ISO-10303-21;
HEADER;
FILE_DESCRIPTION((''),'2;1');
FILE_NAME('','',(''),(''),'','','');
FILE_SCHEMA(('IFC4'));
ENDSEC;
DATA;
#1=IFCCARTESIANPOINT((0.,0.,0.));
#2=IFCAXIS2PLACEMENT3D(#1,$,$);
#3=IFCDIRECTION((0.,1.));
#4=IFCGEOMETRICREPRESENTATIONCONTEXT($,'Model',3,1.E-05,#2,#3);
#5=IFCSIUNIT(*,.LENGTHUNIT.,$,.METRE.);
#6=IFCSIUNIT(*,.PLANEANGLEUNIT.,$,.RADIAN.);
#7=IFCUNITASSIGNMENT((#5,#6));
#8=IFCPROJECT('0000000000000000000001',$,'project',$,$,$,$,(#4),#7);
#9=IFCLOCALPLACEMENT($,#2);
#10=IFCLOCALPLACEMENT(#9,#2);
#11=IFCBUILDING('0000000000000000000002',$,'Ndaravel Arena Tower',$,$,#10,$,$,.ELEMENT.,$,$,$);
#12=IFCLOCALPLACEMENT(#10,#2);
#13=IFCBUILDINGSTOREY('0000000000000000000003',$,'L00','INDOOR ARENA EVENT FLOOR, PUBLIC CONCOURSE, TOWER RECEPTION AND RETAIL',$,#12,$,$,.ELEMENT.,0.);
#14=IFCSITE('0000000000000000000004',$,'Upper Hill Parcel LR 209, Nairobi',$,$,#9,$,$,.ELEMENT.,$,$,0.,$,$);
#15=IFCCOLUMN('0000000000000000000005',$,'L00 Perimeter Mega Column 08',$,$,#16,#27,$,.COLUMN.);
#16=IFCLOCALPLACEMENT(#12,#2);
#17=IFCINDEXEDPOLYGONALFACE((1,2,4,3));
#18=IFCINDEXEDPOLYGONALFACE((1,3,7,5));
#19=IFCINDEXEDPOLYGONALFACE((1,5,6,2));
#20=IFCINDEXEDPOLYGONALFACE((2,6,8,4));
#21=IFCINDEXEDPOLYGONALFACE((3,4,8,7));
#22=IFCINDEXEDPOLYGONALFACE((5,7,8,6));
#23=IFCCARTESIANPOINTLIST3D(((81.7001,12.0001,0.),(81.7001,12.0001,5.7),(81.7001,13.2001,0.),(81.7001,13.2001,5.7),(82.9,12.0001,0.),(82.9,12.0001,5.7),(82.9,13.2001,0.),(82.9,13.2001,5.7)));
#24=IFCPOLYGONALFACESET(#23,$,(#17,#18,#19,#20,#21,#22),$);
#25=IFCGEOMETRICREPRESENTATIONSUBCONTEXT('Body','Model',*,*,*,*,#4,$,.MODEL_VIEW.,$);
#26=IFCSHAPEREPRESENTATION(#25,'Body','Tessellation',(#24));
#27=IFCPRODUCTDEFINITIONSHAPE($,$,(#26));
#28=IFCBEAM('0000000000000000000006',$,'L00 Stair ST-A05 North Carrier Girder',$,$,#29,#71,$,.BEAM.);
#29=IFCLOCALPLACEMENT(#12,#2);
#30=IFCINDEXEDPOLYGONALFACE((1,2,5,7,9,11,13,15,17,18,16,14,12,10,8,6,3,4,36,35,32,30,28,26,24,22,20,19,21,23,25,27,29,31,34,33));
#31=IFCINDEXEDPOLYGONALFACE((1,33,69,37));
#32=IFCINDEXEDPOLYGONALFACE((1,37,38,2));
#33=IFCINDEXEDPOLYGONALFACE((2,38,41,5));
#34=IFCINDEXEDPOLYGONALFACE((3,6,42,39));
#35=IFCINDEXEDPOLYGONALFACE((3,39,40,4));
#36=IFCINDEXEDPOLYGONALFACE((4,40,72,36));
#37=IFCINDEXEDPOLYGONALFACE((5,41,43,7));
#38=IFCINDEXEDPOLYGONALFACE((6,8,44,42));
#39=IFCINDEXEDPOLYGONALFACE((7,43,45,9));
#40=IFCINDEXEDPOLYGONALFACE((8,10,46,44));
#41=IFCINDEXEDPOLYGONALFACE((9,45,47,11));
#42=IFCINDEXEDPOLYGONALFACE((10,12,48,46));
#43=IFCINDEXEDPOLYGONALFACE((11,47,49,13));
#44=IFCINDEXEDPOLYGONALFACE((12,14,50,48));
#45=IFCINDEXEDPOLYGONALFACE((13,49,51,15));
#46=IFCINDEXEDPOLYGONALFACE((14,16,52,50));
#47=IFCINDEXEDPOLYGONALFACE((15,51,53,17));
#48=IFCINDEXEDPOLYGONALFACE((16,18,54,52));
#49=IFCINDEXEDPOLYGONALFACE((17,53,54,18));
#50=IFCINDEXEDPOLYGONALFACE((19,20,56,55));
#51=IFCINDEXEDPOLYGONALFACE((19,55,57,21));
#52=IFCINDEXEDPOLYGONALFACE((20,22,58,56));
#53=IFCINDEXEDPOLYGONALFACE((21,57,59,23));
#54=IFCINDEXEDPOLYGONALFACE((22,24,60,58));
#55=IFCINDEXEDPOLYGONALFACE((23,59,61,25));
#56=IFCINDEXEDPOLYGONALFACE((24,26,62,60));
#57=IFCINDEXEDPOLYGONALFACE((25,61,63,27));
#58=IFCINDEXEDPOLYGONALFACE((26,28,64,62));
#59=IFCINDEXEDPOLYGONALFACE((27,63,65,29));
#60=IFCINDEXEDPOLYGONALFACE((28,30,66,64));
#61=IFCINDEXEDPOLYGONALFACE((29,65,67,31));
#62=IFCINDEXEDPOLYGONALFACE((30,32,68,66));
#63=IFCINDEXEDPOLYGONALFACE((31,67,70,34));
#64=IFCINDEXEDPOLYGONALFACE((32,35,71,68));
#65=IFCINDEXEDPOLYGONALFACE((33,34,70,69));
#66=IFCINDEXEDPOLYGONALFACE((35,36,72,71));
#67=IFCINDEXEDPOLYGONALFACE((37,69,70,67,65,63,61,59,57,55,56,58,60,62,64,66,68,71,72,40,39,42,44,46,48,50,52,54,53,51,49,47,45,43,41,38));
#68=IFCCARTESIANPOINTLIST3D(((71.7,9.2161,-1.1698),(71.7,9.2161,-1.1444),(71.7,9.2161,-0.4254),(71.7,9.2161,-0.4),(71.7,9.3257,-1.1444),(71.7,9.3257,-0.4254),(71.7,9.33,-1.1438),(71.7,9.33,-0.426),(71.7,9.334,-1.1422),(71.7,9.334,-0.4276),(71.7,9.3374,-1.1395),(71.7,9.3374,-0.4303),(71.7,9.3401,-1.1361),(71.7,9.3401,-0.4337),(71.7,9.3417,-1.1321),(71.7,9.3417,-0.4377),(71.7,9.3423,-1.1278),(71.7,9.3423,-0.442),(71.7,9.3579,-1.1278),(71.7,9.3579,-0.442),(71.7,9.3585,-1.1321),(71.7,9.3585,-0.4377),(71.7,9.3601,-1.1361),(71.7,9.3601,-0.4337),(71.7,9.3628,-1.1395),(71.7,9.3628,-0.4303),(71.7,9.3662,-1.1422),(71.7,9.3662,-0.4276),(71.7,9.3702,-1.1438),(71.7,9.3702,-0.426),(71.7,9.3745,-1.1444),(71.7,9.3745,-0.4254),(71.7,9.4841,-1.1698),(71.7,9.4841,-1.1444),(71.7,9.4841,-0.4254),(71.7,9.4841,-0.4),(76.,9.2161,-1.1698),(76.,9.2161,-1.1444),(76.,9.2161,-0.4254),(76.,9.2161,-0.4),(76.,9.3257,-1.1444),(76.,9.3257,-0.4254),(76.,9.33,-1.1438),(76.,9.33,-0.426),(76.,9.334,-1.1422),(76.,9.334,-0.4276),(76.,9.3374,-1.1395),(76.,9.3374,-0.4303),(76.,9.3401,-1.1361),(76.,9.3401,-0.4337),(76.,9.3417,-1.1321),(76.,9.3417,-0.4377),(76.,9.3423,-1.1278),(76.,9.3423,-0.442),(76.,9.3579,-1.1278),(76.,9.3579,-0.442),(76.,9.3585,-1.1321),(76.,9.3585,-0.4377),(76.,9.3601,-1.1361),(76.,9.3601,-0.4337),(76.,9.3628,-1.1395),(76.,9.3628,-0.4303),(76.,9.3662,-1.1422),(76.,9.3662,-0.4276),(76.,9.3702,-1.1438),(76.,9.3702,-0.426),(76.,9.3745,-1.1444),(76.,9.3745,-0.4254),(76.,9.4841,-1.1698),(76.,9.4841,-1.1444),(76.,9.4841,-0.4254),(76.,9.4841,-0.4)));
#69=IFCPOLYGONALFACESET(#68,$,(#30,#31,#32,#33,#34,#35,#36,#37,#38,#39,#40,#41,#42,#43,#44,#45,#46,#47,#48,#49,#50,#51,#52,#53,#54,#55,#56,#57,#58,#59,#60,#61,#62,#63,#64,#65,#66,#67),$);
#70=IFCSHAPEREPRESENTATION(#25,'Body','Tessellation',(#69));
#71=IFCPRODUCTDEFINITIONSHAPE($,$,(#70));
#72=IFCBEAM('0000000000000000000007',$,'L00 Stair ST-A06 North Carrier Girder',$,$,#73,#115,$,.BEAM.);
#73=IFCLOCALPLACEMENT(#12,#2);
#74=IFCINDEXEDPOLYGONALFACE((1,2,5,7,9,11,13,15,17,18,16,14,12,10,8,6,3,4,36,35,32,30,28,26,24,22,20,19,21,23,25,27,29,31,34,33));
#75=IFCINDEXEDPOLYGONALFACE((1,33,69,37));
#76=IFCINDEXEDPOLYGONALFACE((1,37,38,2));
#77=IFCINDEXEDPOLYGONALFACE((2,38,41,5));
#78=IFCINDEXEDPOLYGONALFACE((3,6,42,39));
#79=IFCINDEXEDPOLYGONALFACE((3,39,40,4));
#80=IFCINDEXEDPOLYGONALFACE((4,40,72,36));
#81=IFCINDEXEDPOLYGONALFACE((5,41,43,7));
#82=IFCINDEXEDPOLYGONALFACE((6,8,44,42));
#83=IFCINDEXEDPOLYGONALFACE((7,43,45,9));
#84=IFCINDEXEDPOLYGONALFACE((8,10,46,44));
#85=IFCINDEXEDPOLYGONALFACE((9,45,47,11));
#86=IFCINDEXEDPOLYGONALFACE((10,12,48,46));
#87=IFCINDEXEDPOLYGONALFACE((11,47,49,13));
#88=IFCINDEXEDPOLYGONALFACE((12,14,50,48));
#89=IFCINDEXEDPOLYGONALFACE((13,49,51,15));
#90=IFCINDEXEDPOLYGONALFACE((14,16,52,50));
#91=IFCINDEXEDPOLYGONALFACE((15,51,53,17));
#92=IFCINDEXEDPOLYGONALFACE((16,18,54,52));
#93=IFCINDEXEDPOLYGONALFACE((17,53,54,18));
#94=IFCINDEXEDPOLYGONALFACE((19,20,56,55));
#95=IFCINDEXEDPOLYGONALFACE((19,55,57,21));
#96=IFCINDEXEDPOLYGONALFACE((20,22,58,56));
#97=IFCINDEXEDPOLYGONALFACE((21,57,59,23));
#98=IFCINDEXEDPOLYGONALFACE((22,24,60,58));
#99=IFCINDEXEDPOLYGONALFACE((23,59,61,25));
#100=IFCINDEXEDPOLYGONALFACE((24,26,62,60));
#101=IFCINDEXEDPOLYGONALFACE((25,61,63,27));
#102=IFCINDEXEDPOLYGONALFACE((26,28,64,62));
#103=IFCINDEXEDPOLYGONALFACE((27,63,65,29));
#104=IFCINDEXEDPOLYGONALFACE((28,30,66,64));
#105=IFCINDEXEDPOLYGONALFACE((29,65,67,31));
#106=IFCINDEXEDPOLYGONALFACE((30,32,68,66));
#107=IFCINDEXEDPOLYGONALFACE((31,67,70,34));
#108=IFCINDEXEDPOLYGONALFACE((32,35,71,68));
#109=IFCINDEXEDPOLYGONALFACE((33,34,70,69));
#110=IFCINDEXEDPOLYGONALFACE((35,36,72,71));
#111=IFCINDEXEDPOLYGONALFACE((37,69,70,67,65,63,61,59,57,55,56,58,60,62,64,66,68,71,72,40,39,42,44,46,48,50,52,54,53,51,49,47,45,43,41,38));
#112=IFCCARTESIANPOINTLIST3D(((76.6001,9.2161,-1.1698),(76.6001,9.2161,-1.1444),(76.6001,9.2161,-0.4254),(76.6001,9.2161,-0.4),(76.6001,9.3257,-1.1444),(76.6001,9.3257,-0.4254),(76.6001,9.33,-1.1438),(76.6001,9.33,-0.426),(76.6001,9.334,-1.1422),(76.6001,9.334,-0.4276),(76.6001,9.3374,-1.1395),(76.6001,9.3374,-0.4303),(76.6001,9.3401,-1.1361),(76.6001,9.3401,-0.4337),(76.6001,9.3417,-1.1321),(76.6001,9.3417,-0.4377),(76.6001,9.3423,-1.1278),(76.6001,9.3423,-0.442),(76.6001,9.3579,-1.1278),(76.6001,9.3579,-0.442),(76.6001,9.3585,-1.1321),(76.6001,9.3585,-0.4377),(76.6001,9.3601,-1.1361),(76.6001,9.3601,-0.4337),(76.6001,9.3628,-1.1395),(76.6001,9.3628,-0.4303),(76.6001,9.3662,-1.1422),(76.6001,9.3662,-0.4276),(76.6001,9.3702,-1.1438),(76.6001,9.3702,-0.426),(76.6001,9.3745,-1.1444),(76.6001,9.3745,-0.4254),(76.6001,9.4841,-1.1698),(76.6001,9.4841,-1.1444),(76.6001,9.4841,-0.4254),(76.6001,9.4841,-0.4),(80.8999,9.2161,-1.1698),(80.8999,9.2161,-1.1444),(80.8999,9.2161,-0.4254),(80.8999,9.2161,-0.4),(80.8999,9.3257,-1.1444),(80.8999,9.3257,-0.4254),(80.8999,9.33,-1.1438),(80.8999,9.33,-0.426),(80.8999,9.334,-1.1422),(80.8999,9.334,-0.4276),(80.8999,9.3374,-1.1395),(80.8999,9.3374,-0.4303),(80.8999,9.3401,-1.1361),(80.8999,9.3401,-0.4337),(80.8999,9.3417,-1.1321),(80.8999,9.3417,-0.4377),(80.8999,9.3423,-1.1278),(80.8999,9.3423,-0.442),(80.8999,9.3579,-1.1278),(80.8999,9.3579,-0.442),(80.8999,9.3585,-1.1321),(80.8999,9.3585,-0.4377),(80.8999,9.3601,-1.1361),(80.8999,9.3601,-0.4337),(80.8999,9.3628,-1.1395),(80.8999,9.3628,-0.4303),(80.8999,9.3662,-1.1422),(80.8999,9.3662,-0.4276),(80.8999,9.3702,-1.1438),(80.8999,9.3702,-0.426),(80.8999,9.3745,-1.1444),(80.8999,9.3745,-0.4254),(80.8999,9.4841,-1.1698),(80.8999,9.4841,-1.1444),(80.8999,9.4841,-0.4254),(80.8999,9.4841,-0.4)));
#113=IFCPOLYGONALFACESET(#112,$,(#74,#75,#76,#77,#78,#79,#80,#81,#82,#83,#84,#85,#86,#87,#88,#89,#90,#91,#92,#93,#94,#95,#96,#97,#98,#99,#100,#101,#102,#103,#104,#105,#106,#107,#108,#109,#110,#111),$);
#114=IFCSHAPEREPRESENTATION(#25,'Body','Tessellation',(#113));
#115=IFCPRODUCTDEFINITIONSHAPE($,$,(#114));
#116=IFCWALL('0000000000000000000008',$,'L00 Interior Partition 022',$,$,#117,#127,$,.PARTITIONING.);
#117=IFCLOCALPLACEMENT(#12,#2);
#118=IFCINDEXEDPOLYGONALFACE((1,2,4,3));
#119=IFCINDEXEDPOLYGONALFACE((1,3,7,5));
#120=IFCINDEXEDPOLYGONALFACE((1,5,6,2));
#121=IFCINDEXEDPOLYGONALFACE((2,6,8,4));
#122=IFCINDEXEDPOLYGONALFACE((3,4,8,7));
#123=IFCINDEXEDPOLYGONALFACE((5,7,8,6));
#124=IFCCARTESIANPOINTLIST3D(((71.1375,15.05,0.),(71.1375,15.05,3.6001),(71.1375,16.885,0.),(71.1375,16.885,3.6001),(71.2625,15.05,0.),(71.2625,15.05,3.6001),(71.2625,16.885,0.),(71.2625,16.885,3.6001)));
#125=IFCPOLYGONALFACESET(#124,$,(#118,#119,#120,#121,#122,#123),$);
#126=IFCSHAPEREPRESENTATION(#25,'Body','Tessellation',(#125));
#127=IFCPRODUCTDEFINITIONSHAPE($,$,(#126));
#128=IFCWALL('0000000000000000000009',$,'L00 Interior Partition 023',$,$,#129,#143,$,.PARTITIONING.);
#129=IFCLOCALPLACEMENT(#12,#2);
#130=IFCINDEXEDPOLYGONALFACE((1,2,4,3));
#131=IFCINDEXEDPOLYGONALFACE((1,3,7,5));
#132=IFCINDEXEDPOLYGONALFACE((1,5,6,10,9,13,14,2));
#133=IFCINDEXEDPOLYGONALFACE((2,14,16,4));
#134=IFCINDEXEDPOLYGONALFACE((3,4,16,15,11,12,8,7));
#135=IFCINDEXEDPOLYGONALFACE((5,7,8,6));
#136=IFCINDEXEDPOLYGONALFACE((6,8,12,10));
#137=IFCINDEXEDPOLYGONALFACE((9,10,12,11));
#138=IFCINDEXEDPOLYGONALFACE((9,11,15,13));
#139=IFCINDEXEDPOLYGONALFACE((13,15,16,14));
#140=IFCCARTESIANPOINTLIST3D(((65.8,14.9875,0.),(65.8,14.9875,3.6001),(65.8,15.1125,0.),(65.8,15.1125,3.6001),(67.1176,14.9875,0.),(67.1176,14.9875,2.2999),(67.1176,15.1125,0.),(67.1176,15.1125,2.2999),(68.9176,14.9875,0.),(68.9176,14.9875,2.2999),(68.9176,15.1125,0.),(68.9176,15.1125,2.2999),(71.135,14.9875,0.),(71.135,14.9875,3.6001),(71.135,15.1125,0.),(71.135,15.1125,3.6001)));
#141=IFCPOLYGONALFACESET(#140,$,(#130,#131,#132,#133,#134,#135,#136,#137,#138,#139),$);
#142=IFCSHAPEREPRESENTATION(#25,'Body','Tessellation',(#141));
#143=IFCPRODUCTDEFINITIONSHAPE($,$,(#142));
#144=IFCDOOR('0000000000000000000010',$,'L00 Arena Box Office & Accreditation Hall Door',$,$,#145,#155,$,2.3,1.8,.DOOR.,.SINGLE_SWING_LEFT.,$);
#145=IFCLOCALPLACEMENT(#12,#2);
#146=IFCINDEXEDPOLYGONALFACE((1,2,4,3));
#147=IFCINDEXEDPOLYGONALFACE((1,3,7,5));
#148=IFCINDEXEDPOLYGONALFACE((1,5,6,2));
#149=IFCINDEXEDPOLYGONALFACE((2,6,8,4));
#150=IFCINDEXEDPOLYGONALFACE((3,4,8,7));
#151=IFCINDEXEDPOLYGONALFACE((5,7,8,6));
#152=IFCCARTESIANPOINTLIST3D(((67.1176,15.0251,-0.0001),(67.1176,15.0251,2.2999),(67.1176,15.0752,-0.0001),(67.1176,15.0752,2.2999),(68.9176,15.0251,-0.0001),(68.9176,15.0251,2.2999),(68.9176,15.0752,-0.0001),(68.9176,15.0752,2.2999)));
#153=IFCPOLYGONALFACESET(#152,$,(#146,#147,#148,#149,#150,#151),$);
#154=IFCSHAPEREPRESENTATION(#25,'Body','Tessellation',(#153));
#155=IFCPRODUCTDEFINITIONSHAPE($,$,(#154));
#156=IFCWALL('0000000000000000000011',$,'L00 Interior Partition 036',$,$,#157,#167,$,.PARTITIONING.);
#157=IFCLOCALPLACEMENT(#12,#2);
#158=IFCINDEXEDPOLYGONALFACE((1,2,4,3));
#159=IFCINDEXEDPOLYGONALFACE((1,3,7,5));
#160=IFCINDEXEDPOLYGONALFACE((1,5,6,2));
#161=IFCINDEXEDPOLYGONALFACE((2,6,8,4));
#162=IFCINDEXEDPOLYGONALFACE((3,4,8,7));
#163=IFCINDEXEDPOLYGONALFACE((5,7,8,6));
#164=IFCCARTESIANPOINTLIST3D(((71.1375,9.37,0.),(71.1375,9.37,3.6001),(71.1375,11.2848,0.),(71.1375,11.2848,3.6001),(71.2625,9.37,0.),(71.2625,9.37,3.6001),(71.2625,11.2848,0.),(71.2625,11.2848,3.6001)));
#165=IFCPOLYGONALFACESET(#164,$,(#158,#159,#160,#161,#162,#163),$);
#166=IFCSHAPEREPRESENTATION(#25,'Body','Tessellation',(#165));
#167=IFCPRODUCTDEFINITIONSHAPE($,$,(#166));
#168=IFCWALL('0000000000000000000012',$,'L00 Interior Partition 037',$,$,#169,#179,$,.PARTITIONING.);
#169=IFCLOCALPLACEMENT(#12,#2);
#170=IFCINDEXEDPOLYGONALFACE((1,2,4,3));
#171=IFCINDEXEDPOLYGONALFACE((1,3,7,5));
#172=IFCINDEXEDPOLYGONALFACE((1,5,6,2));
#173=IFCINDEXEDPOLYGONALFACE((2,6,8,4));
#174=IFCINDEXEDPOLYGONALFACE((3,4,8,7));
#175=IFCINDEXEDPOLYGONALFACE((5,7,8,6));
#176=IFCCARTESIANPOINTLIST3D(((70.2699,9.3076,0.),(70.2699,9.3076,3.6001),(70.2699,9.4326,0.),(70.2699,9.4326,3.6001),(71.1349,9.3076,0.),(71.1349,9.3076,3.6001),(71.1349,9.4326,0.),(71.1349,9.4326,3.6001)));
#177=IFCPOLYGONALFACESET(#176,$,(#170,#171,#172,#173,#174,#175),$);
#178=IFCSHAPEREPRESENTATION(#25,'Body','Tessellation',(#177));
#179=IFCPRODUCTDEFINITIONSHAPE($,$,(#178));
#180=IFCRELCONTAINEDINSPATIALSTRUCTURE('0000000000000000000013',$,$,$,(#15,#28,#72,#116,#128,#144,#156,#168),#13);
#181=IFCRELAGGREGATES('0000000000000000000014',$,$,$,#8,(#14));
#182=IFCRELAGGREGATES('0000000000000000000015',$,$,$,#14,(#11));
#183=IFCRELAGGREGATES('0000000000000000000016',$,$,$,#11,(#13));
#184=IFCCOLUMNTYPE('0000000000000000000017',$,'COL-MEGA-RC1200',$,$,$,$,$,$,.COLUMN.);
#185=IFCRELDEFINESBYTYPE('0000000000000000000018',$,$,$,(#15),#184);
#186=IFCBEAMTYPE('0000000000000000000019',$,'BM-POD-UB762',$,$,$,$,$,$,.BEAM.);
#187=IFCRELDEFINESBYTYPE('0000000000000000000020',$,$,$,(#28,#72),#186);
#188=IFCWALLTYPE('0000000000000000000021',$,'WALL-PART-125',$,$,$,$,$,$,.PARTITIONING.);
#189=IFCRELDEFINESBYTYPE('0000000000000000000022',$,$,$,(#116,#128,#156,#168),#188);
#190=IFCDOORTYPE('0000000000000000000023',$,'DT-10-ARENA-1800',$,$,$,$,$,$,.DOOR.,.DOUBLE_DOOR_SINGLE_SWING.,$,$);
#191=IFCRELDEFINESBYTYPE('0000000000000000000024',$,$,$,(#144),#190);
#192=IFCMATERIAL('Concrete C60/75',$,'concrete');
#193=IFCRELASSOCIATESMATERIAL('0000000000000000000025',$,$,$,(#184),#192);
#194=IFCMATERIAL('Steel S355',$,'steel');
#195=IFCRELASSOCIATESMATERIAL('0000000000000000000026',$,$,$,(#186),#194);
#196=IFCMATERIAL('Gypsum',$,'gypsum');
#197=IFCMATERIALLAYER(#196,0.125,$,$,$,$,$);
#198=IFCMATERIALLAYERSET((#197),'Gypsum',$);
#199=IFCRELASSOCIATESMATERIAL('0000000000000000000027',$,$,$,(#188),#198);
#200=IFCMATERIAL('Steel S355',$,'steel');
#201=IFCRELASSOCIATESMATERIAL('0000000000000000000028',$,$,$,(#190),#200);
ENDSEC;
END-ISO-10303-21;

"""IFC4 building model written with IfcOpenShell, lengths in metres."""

from ifc_helpers import new_model, si_unit, direction, frame, frame_2d, origin, origin_2d, place, context, subcontext, project, spatial, rectangle, i_section, extrude, material, layer, layer_set, material_profile, profile_set, type_object, element, fill, save


model = new_model("IFC4")

# Units and contexts
model_context = context("Model", 3, precision=1e-05, world=origin(), true_north=direction((0.0, 1.0)))
body_context = subcontext(model_context, "Body", "Model", "MODEL_VIEW")
ifc_project = project(units=[si_unit("LENGTHUNIT", "METRE"), si_unit("PLANEANGLEUNIT", "RADIAN")], contexts=[model_context])

# Site, building, storey
site_placement = place(None, origin())
site = spatial("IfcSite", under=ifc_project, at=site_placement, Name="Upper Hill Parcel LR 209, Nairobi", CompositionType="ELEMENT", RefElevation=0.0)
building_placement = place(site_placement, origin())
building = spatial("IfcBuilding", under=site, at=building_placement, Name="Ndaravel Arena Tower", CompositionType="ELEMENT")
storey_placement = place(building_placement, origin())
storey = spatial("IfcBuildingStorey", under=building, at=storey_placement, Name="L00", Description="INDOOR ARENA EVENT FLOOR, PUBLIC CONCOURSE, TOWER RECEPTION AND RETAIL", CompositionType="ELEMENT", Elevation=0.0)

# Column
ifc_material_1 = material(Name="Concrete C60/75", Category="concrete")
ifc_material_profile_1 = material_profile(ifc_material_1, rectangle(XDim=1.2, YDim=1.2, at=origin_2d()), Name="RC 1200x1200")
ifc_profile_set_1 = profile_set([ifc_material_profile_1], Name="Concrete C60/75")
column_type = type_object("IfcColumnType", Name="COL-MEGA-RC1200", PredefinedType="COLUMN", material=ifc_profile_set_1)
column_placement = place(storey_placement, frame((82.3, 12.6001, 0.0), z_axis=(0.0, 0.0, 1.0), x_axis=(1.0, 0.0, 0.0)))
element("IfcColumn", 1, at=column_placement, inside=storey, type_object=column_type, Name="L00 Perimeter Mega Column 08", PredefinedType="COLUMN", context=body_context, shape_type="SweptSolid", body=[
    extrude(rectangle(XDim=1.2, YDim=1.2, at=origin_2d()), origin(), (0.0, 0.0, 1.0), 5.7),
])

# Beams
ifc_material_2 = material(Name="Steel S355", Category="steel")
ifc_material_profile_2 = material_profile(ifc_material_2, i_section(OverallWidth=0.2681, OverallDepth=0.7698, WebThickness=0.0156, FlangeThickness=0.0254, FilletRadius=0.0166, at=origin_2d()), Name="UB 762x267x197")
ifc_profile_set_2 = profile_set([ifc_material_profile_2], Name="Steel S355")
beam_type = type_object("IfcBeamType", Name="BM-POD-UB762", PredefinedType="BEAM", material=ifc_profile_set_2)
beam_1_placement = place(storey_placement, frame((71.7, 9.3501, -0.7849), z_axis=(1.0, 0.0, 0.0), x_axis=(0.0, 1.0, 0.0)))
element("IfcBeam", 2, at=beam_1_placement, inside=storey, type_object=beam_type, Name="L00 Stair ST-A05 North Carrier Girder", PredefinedType="BEAM", context=body_context, shape_type="SweptSolid", body=[
    extrude(i_section(OverallWidth=0.2681, OverallDepth=0.7698, WebThickness=0.0156, FlangeThickness=0.0254, FilletRadius=0.0166, at=origin_2d()), origin(), (0.0, 0.0, 1.0), 4.3),
])
beam_2_placement = place(storey_placement, frame((76.6001, 9.3501, -0.7849), z_axis=(1.0, 0.0, 0.0), x_axis=(0.0, 1.0, 0.0)))
element("IfcBeam", 3, at=beam_2_placement, inside=storey, type_object=beam_type, Name="L00 Stair ST-A06 North Carrier Girder", PredefinedType="BEAM", context=body_context, shape_type="SweptSolid", body=[
    extrude(i_section(OverallWidth=0.2681, OverallDepth=0.7698, WebThickness=0.0156, FlangeThickness=0.0254, FilletRadius=0.0166, at=origin_2d()), origin(), (0.0, 0.0, 1.0), 4.2998),
])

# Wall
ifc_material_3 = material(Name="Gypsum", Category="gypsum")
ifc_layer_1 = layer(ifc_material_3, 0.125)
ifc_layer_set_1 = layer_set([ifc_layer_1], Name="Gypsum")
wall_type_1 = type_object("IfcWallType", Name="WALL-PART-125", PredefinedType="PARTITIONING", material=ifc_layer_set_1)
wall_1_placement = place(storey_placement, frame((71.2, 16.885, 0.0), z_axis=(0.0, 0.0, 1.0), x_axis=(0.0, -1.0, 0.0)))
element("IfcWall", 4, at=wall_1_placement, inside=storey, type_object=wall_type_1, Name="L00 Interior Partition 022", PredefinedType="PARTITIONING", context=body_context, shape_type="SweptSolid", body=[
    extrude(rectangle(XDim=1.835, YDim=0.125, at=frame_2d((0.9175, 0.0))), origin(), (0.0, 0.0, 1.0), 3.6001),
])

# Wall, opening, door
wall_2_placement = place(storey_placement, frame((71.135, 15.05, 0.0), z_axis=(0.0, 0.0, 1.0), x_axis=(-1.0, 0.0, 0.0)))
wall_2 = element("IfcWall", 5, at=wall_2_placement, inside=storey, type_object=wall_type_1, Name="L00 Interior Partition 023", PredefinedType="PARTITIONING", context=body_context, shape_type="SweptSolid", body=[
    extrude(rectangle(XDim=5.335, YDim=0.125, at=frame_2d((2.6675, 0.0))), origin(), (0.0, 0.0, 1.0), 3.6001),
])
opening_1_placement = place(wall_2_placement, frame((2.2175, 0.0, 0.0)))
opening_1 = element("IfcOpeningElement", 6, at=opening_1_placement, cuts=wall_2, PredefinedType="OPENING", context=body_context, shape_type="SweptSolid", body=[
    extrude(rectangle(XDim=1.8, YDim=2.3, at=frame_2d((0.8999, 1.1499))), frame((0.0, 0.0625, 0.0), z_axis=(0.0, -1.0, 0.0), x_axis=(1.0, 0.0, 0.0)), (0.0, 0.0, 1.0), 0.125),
])
ifc_material_4 = material(Name="Steel S355", Category="steel")
door_type_1 = type_object("IfcDoorType", Name="DT-10-ARENA-1800", OperationType="DOUBLE_DOOR_SINGLE_SWING", PredefinedType="DOOR", material=ifc_material_4)
door_1_placement = place(opening_1_placement, origin())
door_1 = element("IfcDoor", 7, at=door_1_placement, inside=storey, type_object=door_type_1, Name="L00 Arena Box Office & Accreditation Hall Door", OperationType="SINGLE_SWING_LEFT", OverallHeight=2.3, OverallWidth=1.8, PredefinedType="DOOR", context=body_context, shape_type="SweptSolid", body=[
    extrude(rectangle(XDim=1.8, YDim=2.3, at=frame_2d((0.8999, 1.1499))), frame((0.0, 0.0249, 0.0), z_axis=(0.0, -1.0, 0.0), x_axis=(1.0, 0.0, 0.0)), (0.0, 0.0, 1.0), 0.05),
])
fill(opening_1, door_1)

# Walls
wall_3_placement = place(storey_placement, frame((71.2, 11.2849, 0.0), z_axis=(0.0, 0.0, 1.0), x_axis=(0.0, -1.0, 0.0)))
element("IfcWall", 8, at=wall_3_placement, inside=storey, type_object=wall_type_1, Name="L00 Interior Partition 036", PredefinedType="PARTITIONING", context=body_context, shape_type="SweptSolid", body=[
    extrude(rectangle(XDim=1.9148, YDim=0.125, at=frame_2d((0.9575, 0.0))), origin(), (0.0, 0.0, 1.0), 3.6001),
])
wall_4_placement = place(storey_placement, frame((71.135, 9.3701, 0.0), z_axis=(0.0, 0.0, 1.0), x_axis=(-1.0, 0.0, 0.0)))
element("IfcWall", 9, at=wall_4_placement, inside=storey, type_object=wall_type_1, Name="L00 Interior Partition 037", PredefinedType="PARTITIONING", context=body_context, shape_type="SweptSolid", body=[
    extrude(rectangle(XDim=0.865, YDim=0.125, at=frame_2d((0.4326, 0.0))), origin(), (0.0, 0.0, 1.0), 3.6001),
])

save(model, "model.ifc")
